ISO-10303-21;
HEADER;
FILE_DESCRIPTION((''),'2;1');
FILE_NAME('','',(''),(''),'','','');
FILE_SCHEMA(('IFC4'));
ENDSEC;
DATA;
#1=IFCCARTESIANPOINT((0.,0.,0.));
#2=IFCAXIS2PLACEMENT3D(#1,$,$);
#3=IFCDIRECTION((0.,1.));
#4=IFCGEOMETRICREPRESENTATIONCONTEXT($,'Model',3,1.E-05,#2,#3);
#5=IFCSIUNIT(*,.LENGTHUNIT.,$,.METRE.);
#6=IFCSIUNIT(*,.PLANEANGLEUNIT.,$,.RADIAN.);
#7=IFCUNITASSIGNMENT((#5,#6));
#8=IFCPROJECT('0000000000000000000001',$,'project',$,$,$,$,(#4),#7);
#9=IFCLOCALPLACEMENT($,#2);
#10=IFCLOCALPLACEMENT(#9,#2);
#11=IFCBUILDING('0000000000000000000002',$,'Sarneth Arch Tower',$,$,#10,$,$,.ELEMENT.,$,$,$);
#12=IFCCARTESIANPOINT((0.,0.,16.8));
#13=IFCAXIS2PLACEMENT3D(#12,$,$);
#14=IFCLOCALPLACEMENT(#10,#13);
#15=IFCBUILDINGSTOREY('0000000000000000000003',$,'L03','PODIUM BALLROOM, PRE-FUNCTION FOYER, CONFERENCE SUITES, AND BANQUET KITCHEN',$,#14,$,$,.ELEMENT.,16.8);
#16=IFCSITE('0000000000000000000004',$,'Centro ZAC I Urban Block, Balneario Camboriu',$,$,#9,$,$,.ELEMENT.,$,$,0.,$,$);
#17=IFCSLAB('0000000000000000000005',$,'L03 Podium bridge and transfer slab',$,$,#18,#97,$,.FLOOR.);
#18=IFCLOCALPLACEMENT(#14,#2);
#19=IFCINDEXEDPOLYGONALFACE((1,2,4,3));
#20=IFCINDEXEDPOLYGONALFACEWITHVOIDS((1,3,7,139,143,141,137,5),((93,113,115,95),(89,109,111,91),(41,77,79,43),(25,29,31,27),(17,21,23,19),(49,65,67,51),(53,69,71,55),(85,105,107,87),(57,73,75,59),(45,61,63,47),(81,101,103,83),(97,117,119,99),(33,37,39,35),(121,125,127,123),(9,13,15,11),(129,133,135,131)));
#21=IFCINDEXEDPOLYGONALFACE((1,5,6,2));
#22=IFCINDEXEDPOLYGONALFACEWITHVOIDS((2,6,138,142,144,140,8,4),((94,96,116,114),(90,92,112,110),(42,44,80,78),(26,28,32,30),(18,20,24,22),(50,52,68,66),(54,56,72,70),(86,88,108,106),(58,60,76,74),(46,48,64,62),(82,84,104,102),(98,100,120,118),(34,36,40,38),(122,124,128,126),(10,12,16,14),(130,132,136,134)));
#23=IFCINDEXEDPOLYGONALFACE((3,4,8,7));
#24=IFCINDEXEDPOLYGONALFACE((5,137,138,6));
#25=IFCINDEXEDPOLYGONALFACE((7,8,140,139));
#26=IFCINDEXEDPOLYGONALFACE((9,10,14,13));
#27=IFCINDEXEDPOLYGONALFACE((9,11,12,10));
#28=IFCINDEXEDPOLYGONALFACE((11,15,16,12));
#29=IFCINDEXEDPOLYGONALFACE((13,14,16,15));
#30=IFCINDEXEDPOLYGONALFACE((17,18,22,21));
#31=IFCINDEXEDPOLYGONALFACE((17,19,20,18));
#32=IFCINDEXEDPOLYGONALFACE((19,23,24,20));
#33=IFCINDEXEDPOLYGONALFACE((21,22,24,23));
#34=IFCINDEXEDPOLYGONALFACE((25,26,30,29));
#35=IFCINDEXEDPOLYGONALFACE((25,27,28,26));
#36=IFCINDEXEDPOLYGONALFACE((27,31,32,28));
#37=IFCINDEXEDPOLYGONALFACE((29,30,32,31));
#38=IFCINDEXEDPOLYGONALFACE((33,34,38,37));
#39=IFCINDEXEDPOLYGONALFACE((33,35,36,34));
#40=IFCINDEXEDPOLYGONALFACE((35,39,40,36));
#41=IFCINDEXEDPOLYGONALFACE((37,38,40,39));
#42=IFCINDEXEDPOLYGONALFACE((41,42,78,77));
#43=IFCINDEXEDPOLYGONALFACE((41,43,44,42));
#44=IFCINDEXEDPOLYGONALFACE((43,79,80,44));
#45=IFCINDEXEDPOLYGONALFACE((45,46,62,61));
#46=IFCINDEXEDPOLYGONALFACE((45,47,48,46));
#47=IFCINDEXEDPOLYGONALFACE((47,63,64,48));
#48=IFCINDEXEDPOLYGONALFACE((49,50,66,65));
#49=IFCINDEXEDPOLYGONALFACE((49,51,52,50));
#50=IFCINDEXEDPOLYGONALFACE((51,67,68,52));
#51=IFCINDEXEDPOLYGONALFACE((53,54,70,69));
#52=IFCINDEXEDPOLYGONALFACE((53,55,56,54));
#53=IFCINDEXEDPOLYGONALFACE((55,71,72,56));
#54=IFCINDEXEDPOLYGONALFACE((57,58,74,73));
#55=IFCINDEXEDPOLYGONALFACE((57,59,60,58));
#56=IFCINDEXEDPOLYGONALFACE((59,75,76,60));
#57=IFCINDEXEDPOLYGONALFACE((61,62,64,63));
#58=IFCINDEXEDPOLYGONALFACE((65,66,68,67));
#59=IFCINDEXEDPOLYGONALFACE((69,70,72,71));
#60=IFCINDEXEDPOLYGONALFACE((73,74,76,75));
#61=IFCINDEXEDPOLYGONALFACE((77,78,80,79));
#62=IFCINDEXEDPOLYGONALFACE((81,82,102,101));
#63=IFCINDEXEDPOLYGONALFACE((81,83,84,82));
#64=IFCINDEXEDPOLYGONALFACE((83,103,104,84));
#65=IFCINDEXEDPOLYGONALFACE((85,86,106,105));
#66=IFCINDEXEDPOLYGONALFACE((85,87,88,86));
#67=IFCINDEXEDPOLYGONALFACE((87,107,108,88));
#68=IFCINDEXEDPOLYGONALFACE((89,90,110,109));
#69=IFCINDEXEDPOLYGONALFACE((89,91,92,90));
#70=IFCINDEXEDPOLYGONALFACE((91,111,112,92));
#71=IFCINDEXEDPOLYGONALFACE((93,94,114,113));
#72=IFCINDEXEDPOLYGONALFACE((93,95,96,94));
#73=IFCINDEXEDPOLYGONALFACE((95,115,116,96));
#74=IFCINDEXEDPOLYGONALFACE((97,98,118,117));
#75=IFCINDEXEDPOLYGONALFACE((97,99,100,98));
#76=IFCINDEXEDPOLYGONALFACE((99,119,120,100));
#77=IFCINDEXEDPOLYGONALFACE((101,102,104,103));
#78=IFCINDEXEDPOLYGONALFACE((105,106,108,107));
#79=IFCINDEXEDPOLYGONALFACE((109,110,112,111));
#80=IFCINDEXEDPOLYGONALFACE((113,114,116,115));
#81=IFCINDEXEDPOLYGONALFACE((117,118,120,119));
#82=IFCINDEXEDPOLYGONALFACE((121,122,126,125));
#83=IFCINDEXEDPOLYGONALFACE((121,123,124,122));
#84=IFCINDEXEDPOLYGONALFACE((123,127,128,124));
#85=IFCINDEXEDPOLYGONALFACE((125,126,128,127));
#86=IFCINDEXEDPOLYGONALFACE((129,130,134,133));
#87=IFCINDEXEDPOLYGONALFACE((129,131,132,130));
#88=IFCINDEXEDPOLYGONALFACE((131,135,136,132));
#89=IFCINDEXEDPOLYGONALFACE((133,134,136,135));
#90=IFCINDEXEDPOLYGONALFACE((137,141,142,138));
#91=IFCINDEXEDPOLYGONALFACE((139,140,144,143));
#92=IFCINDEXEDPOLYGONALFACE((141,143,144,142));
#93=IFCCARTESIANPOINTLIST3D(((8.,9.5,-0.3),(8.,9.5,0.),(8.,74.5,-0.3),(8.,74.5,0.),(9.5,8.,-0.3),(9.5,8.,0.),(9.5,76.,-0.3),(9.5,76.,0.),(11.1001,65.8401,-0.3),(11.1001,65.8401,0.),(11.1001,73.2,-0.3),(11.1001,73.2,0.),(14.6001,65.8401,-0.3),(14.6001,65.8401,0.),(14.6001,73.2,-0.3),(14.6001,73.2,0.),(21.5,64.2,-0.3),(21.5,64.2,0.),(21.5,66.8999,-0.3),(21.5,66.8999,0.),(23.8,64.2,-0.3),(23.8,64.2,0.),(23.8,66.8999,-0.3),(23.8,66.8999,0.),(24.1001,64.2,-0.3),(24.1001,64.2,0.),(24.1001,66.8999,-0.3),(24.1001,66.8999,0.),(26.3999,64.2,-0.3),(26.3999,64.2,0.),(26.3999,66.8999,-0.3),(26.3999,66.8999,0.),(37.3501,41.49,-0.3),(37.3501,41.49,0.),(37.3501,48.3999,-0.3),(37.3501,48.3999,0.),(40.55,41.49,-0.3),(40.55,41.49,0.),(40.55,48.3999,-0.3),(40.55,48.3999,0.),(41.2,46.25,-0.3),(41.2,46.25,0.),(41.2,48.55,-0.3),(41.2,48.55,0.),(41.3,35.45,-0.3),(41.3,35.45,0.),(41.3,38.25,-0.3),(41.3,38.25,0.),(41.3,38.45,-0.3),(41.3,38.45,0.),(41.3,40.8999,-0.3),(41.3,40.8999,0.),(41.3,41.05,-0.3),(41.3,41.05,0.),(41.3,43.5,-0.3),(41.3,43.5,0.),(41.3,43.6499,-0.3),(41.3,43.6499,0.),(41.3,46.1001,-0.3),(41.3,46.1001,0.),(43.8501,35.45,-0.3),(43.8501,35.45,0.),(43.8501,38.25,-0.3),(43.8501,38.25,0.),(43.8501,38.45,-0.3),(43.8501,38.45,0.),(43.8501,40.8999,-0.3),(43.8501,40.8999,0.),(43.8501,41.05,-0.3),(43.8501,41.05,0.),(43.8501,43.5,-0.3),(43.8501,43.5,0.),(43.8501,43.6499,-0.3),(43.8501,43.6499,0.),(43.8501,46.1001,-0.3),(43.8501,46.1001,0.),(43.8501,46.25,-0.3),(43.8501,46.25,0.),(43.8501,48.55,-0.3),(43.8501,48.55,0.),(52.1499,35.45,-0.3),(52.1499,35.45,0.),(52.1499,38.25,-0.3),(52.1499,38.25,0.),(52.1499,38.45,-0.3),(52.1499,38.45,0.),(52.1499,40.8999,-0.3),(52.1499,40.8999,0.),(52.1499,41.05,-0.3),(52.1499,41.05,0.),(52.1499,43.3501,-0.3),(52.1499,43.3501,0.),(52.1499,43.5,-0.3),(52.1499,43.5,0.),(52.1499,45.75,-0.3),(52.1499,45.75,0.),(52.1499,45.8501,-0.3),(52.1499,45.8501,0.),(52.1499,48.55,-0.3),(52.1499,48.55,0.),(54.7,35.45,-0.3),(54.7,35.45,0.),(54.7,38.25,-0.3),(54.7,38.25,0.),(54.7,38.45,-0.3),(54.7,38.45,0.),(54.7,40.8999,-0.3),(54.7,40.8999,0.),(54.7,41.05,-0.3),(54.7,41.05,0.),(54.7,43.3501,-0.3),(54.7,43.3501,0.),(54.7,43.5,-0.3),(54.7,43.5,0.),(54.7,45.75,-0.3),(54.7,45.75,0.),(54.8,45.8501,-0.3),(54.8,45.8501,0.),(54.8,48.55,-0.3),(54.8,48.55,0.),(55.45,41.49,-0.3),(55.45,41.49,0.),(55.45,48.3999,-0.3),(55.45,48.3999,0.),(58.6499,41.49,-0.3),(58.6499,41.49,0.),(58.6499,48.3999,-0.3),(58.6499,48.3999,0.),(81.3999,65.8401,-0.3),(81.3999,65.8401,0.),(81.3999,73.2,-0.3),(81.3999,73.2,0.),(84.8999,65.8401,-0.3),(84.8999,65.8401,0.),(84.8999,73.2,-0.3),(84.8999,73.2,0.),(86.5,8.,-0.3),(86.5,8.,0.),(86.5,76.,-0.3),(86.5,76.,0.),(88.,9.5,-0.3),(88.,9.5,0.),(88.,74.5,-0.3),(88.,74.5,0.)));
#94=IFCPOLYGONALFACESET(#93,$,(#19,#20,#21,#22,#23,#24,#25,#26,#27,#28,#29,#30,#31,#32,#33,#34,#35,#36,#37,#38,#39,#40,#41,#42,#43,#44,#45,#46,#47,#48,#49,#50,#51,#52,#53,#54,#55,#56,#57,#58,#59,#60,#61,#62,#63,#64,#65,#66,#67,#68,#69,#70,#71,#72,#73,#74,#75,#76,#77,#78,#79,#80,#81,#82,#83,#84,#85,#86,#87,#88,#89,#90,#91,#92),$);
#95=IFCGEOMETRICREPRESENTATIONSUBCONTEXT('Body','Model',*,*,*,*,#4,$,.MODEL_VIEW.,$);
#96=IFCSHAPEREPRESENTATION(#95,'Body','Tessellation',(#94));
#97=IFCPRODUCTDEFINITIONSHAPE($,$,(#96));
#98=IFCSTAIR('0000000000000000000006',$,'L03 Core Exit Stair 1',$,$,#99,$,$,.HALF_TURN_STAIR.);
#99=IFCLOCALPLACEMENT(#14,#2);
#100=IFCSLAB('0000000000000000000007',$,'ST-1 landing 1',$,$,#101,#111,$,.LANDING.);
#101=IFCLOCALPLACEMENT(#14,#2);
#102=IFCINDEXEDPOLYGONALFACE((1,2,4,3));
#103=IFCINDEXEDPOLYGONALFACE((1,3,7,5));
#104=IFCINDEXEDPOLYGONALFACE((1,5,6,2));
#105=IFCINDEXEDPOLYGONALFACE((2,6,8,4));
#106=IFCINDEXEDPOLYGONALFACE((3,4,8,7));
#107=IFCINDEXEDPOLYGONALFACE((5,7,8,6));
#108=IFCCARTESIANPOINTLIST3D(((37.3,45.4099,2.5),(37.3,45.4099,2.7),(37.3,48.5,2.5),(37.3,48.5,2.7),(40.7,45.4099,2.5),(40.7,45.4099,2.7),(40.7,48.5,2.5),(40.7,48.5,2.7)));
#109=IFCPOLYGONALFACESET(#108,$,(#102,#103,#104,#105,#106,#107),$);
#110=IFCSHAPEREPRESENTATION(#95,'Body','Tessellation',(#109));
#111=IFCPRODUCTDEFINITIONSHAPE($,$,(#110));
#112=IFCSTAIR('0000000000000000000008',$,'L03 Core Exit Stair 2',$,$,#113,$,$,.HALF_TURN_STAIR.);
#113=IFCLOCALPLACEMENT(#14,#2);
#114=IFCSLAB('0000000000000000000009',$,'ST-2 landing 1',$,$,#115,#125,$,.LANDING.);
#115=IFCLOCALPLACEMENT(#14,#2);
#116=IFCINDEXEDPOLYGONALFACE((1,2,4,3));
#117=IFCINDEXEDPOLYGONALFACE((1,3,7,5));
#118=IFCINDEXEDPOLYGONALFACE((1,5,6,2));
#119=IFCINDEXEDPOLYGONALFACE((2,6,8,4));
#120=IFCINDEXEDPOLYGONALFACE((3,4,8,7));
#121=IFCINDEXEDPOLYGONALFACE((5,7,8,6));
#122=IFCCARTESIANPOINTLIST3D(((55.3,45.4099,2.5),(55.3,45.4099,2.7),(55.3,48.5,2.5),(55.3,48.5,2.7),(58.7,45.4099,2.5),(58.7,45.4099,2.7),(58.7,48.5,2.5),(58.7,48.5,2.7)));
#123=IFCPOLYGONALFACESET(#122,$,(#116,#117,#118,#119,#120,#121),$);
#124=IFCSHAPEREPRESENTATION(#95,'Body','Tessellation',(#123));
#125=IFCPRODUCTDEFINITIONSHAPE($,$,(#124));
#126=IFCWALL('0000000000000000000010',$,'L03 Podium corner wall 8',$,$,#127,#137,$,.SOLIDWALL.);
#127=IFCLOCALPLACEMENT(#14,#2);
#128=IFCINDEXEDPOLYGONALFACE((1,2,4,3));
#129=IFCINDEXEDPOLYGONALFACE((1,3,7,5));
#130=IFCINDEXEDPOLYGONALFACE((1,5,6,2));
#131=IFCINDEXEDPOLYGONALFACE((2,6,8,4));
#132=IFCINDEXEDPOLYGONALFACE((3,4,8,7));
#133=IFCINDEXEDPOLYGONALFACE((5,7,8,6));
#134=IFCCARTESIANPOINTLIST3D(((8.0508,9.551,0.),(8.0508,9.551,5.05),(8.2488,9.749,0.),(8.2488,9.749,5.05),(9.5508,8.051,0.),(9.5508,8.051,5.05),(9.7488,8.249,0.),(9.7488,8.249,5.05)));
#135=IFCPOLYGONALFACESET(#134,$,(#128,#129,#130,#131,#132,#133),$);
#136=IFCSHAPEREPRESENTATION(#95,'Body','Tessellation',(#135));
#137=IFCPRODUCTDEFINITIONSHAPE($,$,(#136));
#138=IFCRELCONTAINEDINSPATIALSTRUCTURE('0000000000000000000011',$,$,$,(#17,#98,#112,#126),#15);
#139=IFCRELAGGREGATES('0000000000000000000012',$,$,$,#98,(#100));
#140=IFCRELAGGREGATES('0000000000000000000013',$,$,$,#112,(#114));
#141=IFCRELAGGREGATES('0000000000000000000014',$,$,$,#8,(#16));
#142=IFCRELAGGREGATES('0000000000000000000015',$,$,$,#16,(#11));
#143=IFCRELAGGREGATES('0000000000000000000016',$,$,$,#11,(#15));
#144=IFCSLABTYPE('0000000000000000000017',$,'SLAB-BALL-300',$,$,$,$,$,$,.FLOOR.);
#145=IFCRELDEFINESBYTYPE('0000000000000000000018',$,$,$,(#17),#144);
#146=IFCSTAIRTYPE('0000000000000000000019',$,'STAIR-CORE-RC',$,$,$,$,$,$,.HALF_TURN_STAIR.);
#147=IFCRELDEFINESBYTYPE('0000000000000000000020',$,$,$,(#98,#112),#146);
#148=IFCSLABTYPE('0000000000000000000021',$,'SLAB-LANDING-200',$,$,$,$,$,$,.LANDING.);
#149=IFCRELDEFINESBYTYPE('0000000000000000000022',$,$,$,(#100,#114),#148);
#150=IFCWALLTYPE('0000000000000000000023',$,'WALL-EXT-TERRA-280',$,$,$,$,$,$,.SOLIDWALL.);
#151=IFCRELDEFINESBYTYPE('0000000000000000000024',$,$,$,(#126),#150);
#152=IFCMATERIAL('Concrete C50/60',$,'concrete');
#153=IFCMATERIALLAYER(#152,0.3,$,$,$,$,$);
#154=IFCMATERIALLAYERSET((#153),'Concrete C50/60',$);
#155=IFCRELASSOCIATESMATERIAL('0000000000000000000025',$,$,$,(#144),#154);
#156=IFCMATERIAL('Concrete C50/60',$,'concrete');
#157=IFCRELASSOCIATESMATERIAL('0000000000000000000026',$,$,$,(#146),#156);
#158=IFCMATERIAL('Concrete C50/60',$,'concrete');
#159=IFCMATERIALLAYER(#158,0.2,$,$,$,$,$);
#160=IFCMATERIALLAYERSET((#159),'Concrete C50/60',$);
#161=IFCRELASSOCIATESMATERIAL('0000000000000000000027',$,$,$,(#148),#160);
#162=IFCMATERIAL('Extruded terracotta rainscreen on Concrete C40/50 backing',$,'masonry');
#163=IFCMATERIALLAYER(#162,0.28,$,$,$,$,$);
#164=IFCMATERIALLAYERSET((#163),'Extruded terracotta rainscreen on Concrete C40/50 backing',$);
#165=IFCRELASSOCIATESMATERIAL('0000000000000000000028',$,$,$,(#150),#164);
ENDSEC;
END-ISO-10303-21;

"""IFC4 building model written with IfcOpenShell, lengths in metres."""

from ifc_helpers import new_model, si_unit, direction, frame, frame_2d, origin, place, context, subcontext, project, spatial, polyline, rectangle, outline, extrude, material, layer, layer_set, type_object, element, aggregate, save


model = new_model("IFC4")

# Units and contexts
model_context = context("Model", 3, precision=1e-05, world=origin(), true_north=direction((0.0, 1.0)))
body_context = subcontext(model_context, "Body", "Model", "MODEL_VIEW")
ifc_project = project(units=[si_unit("LENGTHUNIT", "METRE"), si_unit("PLANEANGLEUNIT", "RADIAN")], contexts=[model_context])

# Site, building, storey
site_placement = place(None, origin())
site = spatial("IfcSite", under=ifc_project, at=site_placement, Name="Centro ZAC I Urban Block, Balneario Camboriu", CompositionType="ELEMENT", RefElevation=0.0)
building_placement = place(site_placement, origin())
building = spatial("IfcBuilding", under=site, at=building_placement, Name="Sarneth Arch Tower", CompositionType="ELEMENT")
storey_placement = place(building_placement, frame((0.0, 0.0, 16.8)))
storey = spatial("IfcBuildingStorey", under=building, at=storey_placement, Name="L03", Description="PODIUM BALLROOM, PRE-FUNCTION FOYER, CONFERENCE SUITES, AND BANQUET KITCHEN", CompositionType="ELEMENT", Elevation=16.8)

# Slab
ifc_material_1 = material(Name="Concrete C50/60", Category="concrete")
ifc_layer_1 = layer(ifc_material_1, 0.3)
ifc_layer_set_1 = layer_set([ifc_layer_1], Name="Concrete C50/60")
slab_type_1 = type_object("IfcSlabType", Name="SLAB-BALL-300", PredefinedType="FLOOR", material=ifc_layer_set_1)
slab_1_placement = place(storey_placement, frame((0.0, 0.0, -0.3)))
element("IfcSlab", 1, at=slab_1_placement, inside=storey, type_object=slab_type_1, Name="L03 Podium bridge and transfer slab", PredefinedType="FLOOR", context=body_context, shape_type="SweptSolid", body=[
    extrude(outline(polyline([(9.5, 8.0), (86.5, 8.0), (88.0, 9.5), (88.0, 74.5), (86.5, 76.0), (9.5, 76.0), (8.0, 74.5), (8.0, 9.5), (9.5, 8.0)]), holes=[polyline([(37.3501, 41.49), (40.55, 41.49), (40.55, 48.3999), (37.3501, 48.3999), (37.3501, 41.49)]), polyline([(55.45, 41.49), (58.6499, 41.49), (58.6499, 48.3999), (55.45, 48.3999), (55.45, 41.49)]), polyline([(11.1001, 65.8401), (14.6001, 65.8401), (14.6001, 73.2), (11.1001, 73.2), (11.1001, 65.8401)]), polyline([(81.3999, 65.8401), (84.8999, 65.8401), (84.8999, 73.2), (81.3999, 73.2), (81.3999, 65.8401)]), polyline([(41.2, 46.25), (43.8501, 46.25), (43.8501, 48.55), (41.2, 48.55), (41.2, 46.25)]), polyline([(41.3, 35.45), (43.8501, 35.45), (43.8501, 38.25), (41.3, 38.25), (41.3, 35.45)]), polyline([(52.1499, 35.45), (54.7, 35.45), (54.7, 38.25), (52.1499, 38.25), (52.1499, 35.45)]), polyline([(52.1499, 45.8501), (54.8, 45.8501), (54.8, 48.55), (52.1499, 48.55), (52.1499, 45.8501)]), polyline([(41.3, 38.45), (43.8501, 38.45), (43.8501, 40.8999), (41.3, 40.8999), (41.3, 38.45)]), polyline([(41.3, 41.05), (43.8501, 41.05), (43.8501, 43.5), (41.3, 43.5), (41.3, 41.05)]), polyline([(41.3, 43.6499), (43.8501, 43.6499), (43.8501, 46.1001), (41.3, 46.1001), (41.3, 43.6499)]), polyline([(52.1499, 38.45), (54.7, 38.45), (54.7, 40.8999), (52.1499, 40.8999), (52.1499, 38.45)]), polyline([(52.1499, 41.05), (54.7, 41.05), (54.7, 43.3501), (52.1499, 43.3501), (52.1499, 41.05)]), polyline([(52.1499, 43.5), (54.7, 43.5), (54.7, 45.75), (52.1499, 45.75), (52.1499, 43.5)]), polyline([(21.5, 64.2), (23.8, 64.2), (23.8, 66.8999), (21.5, 66.8999), (21.5, 64.2)]), polyline([(24.1001, 64.2), (26.3999, 64.2), (26.3999, 66.8999), (24.1001, 66.8999), (24.1001, 64.2)])]), origin(), (0.0, 0.0, 1.0), 0.3),
])

# Stairs, slabs
ifc_material_2 = material(Name="Concrete C50/60", Category="concrete")
stair_type = type_object("IfcStairType", Name="STAIR-CORE-RC", PredefinedType="HALF_TURN_STAIR", material=ifc_material_2)
stair_1_placement = place(storey_placement, origin())
stair_1 = element("IfcStair", 2, at=stair_1_placement, inside=storey, type_object=stair_type, Name="L03 Core Exit Stair 1", PredefinedType="HALF_TURN_STAIR")
ifc_material_3 = material(Name="Concrete C50/60", Category="concrete")
ifc_layer_2 = layer(ifc_material_3, 0.2)
ifc_layer_set_2 = layer_set([ifc_layer_2], Name="Concrete C50/60")
slab_type_2 = type_object("IfcSlabType", Name="SLAB-LANDING-200", PredefinedType="LANDING", material=ifc_layer_set_2)
slab_2_placement = place(storey_placement, frame((0.0, 0.0, 2.5)))
slab_2 = element("IfcSlab", 3, at=slab_2_placement, type_object=slab_type_2, Name="ST-1 landing 1", PredefinedType="LANDING", context=body_context, shape_type="SweptSolid", body=[
    extrude(outline(polyline([(37.3, 45.4099), (40.7, 45.4099), (40.7, 48.5), (37.3, 48.5), (37.3, 45.4099)])), origin(), (0.0, 0.0, 1.0), 0.2),
])
aggregate(stair_1, [slab_2])
stair_2_placement = place(storey_placement, origin())
stair_2 = element("IfcStair", 4, at=stair_2_placement, inside=storey, type_object=stair_type, Name="L03 Core Exit Stair 2", PredefinedType="HALF_TURN_STAIR")
slab_3_placement = place(storey_placement, frame((0.0, 0.0, 2.5)))
slab_3 = element("IfcSlab", 5, at=slab_3_placement, type_object=slab_type_2, Name="ST-2 landing 1", PredefinedType="LANDING", context=body_context, shape_type="SweptSolid", body=[
    extrude(outline(polyline([(55.3, 45.4099), (58.7, 45.4099), (58.7, 48.5), (55.3, 48.5), (55.3, 45.4099)])), origin(), (0.0, 0.0, 1.0), 0.2),
])
aggregate(stair_2, [slab_3])

# Wall
ifc_material_4 = material(Name="Extruded terracotta rainscreen on Concrete C40/50 backing", Category="masonry")
ifc_layer_3 = layer(ifc_material_4, 0.28)
ifc_layer_set_3 = layer_set([ifc_layer_3], Name="Extruded terracotta rainscreen on Concrete C40/50 backing")
wall_type_1 = type_object("IfcWallType", Name="WALL-EXT-TERRA-280", PredefinedType="SOLIDWALL", material=ifc_layer_set_3)
wall_1_placement = place(storey_placement, frame((8.1499, 9.6499, 0.0), z_axis=(0.0, 0.0, 1.0), x_axis=(0.707107, -0.707107, 0.0)))
element("IfcWall", 6, at=wall_1_placement, inside=storey, type_object=wall_type_1, Name="L03 Podium corner wall 8", PredefinedType="SOLIDWALL", context=body_context, shape_type="SweptSolid", body=[
    extrude(rectangle(XDim=2.1213, YDim=0.28, at=frame_2d((1.0605, 0.0))), origin(), (0.0, 0.0, 1.0), 5.05),
])

save(model, "model.ifc")
